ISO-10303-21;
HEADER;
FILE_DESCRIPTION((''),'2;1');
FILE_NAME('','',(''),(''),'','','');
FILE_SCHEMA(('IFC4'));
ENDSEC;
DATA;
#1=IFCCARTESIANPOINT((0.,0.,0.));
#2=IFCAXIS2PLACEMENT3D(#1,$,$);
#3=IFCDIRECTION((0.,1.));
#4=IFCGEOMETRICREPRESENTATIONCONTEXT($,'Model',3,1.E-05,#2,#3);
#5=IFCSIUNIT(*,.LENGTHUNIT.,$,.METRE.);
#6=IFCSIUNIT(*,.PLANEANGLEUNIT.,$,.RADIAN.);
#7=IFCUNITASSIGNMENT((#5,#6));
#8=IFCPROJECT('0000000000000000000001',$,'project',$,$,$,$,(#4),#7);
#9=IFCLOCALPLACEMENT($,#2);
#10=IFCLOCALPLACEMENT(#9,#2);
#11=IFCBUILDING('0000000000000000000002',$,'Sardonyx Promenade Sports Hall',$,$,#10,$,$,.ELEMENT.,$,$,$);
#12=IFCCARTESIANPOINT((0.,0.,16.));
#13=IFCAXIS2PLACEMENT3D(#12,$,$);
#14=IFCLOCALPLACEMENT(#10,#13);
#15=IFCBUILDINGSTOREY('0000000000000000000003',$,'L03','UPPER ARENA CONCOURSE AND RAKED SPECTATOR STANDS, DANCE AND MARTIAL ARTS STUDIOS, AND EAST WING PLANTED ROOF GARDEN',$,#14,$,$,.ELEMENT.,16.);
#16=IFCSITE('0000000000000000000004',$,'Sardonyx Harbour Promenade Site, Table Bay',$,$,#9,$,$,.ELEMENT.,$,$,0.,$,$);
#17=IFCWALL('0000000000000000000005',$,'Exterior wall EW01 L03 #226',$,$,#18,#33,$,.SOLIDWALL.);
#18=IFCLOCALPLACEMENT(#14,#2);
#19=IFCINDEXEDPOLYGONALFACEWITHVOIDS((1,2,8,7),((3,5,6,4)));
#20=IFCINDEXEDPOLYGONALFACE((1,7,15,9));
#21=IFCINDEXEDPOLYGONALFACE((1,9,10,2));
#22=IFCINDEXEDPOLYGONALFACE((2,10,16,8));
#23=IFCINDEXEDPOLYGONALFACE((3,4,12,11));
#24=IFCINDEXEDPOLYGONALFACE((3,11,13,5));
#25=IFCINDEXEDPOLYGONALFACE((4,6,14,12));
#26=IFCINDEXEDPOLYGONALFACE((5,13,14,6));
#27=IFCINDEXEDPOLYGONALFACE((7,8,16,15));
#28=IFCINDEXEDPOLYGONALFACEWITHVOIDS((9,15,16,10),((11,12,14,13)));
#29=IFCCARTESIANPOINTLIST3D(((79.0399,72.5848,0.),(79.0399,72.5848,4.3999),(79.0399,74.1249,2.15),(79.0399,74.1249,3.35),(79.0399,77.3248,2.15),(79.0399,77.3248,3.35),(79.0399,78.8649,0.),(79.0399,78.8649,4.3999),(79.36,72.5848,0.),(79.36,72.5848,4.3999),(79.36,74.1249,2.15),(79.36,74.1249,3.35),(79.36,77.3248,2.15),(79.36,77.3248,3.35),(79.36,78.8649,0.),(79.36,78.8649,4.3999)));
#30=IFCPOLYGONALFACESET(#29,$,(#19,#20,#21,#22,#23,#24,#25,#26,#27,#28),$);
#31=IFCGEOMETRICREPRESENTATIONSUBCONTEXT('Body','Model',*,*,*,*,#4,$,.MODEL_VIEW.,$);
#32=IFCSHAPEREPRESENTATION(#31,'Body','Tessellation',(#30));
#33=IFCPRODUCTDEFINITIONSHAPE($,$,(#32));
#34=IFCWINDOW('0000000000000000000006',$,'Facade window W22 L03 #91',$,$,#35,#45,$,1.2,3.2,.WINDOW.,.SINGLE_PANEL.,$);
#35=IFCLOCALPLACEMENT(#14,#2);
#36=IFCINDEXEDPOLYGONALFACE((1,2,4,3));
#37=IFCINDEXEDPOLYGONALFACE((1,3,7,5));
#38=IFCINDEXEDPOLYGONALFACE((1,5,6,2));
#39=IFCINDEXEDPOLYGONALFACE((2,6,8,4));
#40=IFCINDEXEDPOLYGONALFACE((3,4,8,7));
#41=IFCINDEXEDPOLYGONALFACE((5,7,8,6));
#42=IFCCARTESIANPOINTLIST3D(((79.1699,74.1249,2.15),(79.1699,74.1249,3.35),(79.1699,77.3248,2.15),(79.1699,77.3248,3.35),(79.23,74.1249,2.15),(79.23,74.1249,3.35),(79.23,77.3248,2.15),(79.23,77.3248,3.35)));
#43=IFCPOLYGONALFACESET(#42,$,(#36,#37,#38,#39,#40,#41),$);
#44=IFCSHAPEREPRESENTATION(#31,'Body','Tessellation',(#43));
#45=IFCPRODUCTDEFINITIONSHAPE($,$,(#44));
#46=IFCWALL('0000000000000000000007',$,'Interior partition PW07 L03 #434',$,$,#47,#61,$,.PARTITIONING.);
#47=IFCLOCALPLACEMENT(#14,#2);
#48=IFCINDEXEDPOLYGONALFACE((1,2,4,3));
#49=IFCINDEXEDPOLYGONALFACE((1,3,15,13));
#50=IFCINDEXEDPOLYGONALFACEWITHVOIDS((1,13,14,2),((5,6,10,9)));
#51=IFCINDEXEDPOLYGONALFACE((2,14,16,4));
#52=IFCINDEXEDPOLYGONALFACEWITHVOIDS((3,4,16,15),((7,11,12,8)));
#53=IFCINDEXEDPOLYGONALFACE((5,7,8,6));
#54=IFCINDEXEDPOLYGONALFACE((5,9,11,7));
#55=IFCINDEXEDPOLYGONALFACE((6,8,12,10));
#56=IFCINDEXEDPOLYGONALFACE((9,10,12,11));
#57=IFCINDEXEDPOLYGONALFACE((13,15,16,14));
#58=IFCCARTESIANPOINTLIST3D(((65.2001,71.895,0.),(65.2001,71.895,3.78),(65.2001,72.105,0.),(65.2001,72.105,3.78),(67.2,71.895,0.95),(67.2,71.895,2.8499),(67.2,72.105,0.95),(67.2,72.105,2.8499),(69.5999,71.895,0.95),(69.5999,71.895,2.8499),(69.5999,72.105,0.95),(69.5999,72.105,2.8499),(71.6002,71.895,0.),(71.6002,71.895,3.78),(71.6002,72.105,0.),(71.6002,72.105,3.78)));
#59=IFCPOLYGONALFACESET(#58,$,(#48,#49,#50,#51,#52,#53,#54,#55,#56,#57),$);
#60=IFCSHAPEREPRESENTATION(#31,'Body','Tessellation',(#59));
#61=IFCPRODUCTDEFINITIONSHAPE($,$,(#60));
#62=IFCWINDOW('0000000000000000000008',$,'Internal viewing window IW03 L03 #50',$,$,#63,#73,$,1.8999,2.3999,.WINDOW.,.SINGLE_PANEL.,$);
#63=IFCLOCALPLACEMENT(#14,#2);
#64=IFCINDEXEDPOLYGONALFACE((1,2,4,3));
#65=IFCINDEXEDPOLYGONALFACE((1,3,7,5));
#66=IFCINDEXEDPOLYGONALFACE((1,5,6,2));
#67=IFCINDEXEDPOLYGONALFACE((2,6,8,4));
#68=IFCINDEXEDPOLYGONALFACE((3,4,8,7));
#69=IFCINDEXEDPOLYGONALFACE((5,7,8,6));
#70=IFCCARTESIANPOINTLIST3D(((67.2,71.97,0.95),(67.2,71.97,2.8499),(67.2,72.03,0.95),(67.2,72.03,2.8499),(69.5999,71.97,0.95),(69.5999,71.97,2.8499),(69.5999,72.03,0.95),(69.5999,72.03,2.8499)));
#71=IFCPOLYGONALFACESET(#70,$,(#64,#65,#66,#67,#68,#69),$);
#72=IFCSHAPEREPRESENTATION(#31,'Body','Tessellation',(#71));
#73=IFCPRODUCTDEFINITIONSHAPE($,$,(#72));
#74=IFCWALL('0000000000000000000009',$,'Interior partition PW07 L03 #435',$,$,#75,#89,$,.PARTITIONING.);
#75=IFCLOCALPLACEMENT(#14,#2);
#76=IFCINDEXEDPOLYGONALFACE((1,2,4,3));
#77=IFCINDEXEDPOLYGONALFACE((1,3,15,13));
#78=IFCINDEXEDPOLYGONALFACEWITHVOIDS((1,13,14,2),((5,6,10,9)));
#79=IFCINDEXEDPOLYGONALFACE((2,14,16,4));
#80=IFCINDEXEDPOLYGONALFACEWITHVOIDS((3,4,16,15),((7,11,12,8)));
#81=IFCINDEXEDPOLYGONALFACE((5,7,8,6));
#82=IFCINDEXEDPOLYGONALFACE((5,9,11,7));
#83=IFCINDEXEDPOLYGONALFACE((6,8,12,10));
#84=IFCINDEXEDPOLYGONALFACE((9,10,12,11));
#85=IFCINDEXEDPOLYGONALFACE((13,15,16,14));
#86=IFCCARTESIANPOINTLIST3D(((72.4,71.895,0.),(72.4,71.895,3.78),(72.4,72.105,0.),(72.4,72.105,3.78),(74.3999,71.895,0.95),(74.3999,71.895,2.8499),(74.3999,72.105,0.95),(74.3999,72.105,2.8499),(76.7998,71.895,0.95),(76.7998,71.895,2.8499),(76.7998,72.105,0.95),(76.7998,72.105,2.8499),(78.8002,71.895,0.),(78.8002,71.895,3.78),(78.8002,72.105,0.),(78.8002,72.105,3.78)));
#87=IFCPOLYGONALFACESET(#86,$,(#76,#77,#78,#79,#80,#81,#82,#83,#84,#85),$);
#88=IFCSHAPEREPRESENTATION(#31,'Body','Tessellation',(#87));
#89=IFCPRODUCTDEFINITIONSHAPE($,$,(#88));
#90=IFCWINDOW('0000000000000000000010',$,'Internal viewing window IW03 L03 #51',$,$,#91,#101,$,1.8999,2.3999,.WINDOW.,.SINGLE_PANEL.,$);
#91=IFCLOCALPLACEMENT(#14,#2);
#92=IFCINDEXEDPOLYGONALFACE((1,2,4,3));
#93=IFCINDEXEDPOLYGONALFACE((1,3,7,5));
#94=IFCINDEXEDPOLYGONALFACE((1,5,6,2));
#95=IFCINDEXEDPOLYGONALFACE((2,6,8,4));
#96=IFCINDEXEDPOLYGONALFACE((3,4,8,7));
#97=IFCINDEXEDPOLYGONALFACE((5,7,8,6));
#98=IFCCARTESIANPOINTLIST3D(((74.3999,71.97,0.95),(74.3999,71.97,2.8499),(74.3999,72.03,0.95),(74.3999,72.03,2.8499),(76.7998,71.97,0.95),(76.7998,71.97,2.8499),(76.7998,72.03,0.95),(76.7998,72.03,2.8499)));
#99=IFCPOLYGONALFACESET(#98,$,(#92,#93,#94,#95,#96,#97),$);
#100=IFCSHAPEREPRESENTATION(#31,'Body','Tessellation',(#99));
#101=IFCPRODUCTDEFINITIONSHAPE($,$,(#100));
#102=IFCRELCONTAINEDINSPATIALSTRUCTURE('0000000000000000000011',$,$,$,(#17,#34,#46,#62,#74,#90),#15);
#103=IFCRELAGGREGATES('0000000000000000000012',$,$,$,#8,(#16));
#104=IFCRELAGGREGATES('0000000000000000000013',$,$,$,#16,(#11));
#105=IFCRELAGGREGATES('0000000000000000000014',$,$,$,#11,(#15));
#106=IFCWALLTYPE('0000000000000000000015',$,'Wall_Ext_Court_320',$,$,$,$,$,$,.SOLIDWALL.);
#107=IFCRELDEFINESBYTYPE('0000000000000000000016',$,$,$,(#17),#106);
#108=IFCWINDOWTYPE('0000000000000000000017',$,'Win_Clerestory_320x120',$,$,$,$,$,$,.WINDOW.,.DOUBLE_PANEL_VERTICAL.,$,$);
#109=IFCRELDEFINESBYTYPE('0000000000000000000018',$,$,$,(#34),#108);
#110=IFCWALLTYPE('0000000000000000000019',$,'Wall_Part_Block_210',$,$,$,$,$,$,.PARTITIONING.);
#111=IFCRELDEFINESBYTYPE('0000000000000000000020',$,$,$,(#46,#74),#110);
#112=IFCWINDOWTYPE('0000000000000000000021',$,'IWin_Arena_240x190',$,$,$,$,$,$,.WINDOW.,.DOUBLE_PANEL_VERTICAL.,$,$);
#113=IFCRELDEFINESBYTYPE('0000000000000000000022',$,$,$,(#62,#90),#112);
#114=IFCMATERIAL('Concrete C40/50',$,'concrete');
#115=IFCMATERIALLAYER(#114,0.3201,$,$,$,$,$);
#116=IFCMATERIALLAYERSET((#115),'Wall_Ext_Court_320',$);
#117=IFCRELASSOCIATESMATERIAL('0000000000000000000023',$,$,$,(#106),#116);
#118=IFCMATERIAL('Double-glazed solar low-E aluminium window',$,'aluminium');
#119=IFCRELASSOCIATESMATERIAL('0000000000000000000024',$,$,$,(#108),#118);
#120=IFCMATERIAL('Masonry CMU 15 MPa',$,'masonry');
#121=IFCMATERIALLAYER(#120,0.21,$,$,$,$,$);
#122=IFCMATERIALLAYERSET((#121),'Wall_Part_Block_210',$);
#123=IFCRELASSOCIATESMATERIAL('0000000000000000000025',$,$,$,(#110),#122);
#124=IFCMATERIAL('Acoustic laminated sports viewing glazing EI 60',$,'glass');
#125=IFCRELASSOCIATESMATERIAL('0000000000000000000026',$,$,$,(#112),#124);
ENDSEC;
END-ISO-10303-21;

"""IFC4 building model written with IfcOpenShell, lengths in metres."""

from ifc_helpers import new_model, si_unit, direction, frame, frame_2d, origin, place, context, subcontext, project, spatial, rectangle, extrude, material, layer, layer_set, type_object, element, fill, save


model = new_model("IFC4")

# Units and contexts
model_context = context("Model", 3, precision=1e-05, world=origin(), true_north=direction((0.0, 1.0)))
body_context = subcontext(model_context, "Body", "Model", "MODEL_VIEW")
ifc_project = project(units=[si_unit("LENGTHUNIT", "METRE"), si_unit("PLANEANGLEUNIT", "RADIAN")], contexts=[model_context])

# Site, building, storey
site_placement = place(None, origin())
site = spatial("IfcSite", under=ifc_project, at=site_placement, Name="Sardonyx Harbour Promenade Site, Table Bay", CompositionType="ELEMENT", RefElevation=0.0)
building_placement = place(site_placement, origin())
building = spatial("IfcBuilding", under=site, at=building_placement, Name="Sardonyx Promenade Sports Hall", CompositionType="ELEMENT")
storey_placement = place(building_placement, frame((0.0, 0.0, 16.0)))
storey = spatial("IfcBuildingStorey", under=building, at=storey_placement, Name="L03", Description="UPPER ARENA CONCOURSE AND RAKED SPECTATOR STANDS, DANCE AND MARTIAL ARTS STUDIOS, AND EAST WING PLANTED ROOF GARDEN", CompositionType="ELEMENT", Elevation=16.0)

# Walls, openings, windows
ifc_material_1 = material(Name="Concrete C40/50", Category="concrete")
ifc_layer_1 = layer(ifc_material_1, 0.3201)
ifc_layer_set_1 = layer_set([ifc_layer_1], Name="Wall_Ext_Court_320")
wall_type_1 = type_object("IfcWallType", Name="Wall_Ext_Court_320", PredefinedType="SOLIDWALL", material=ifc_layer_set_1)
wall_1_placement = place(storey_placement, frame((79.2, 78.865, 0.0), z_axis=(0.0, 0.0, 1.0), x_axis=(0.0, -1.0, 0.0)))
wall_1 = element("IfcWall", 1, at=wall_1_placement, inside=storey, type_object=wall_type_1, Name="Exterior wall EW01 L03 #226", PredefinedType="SOLIDWALL", context=body_context, shape_type="SweptSolid", body=[
    extrude(rectangle(XDim=6.28, YDim=0.3201, at=frame_2d((3.1401, 0.0))), origin(), (0.0, 0.0, 1.0), 4.3999),
])
opening_1_placement = place(wall_1_placement, frame((1.54, 0.0, 2.1499)))
opening_1 = element("IfcOpeningElement", 2, at=opening_1_placement, cuts=wall_1, PredefinedType="OPENING", context=body_context, shape_type="SweptSolid", body=[
    extrude(rectangle(XDim=3.2, YDim=1.2, at=frame_2d((1.6001, 0.6001))), frame((0.0, 0.17, 0.0), z_axis=(0.0, -1.0, 0.0), x_axis=(1.0, 0.0, 0.0)), (0.0, 0.0, 1.0), 0.34),
])
ifc_material_2 = material(Name="Double-glazed solar low-E aluminium window", Category="aluminium")
window_type_1 = type_object("IfcWindowType", Name="Win_Clerestory_320x120", PartitioningType="DOUBLE_PANEL_VERTICAL", PredefinedType="WINDOW", material=ifc_material_2)
window_1_placement = place(opening_1_placement, origin())
window_1 = element("IfcWindow", 3, at=window_1_placement, inside=storey, type_object=window_type_1, Name="Facade window W22 L03 #91", OverallHeight=1.2, OverallWidth=3.2, PartitioningType="SINGLE_PANEL", PredefinedType="WINDOW", context=body_context, shape_type="SweptSolid", body=[
    extrude(rectangle(XDim=3.2, YDim=1.2, at=frame_2d((1.6001, 0.6001))), frame((0.0, 0.03, 0.0), z_axis=(0.0, -1.0, 0.0), x_axis=(1.0, 0.0, 0.0)), (0.0, 0.0, 1.0), 0.0601),
])
fill(opening_1, window_1)
ifc_material_3 = material(Name="Masonry CMU 15 MPa", Category="masonry")
ifc_layer_2 = layer(ifc_material_3, 0.21)
ifc_layer_set_2 = layer_set([ifc_layer_2], Name="Wall_Part_Block_210")
wall_type_2 = type_object("IfcWallType", Name="Wall_Part_Block_210", PredefinedType="PARTITIONING", material=ifc_layer_set_2)
wall_2_placement = place(storey_placement, frame((65.2, 72.0, 0.0), z_axis=(0.0, 0.0, 1.0), x_axis=(1.0, 0.0, 0.0)))
wall_2 = element("IfcWall", 4, at=wall_2_placement, inside=storey, type_object=wall_type_2, Name="Interior partition PW07 L03 #434", PredefinedType="PARTITIONING", context=body_context, shape_type="SweptSolid", body=[
    extrude(rectangle(XDim=6.4001, YDim=0.21, at=frame_2d((3.2002, 0.0))), origin(), (0.0, 0.0, 1.0), 3.78),
])
opening_2_placement = place(wall_2_placement, frame((2.0, 0.0, 0.95)))
opening_2 = element("IfcOpeningElement", 5, at=opening_2_placement, cuts=wall_2, PredefinedType="OPENING", context=body_context, shape_type="SweptSolid", body=[
    extrude(rectangle(XDim=2.3999, YDim=1.8999, at=frame_2d((1.2, 0.95))), frame((0.0, 0.115, 0.0), z_axis=(0.0, -1.0, 0.0), x_axis=(1.0, 0.0, 0.0)), (0.0, 0.0, 1.0), 0.23),
])
ifc_material_4 = material(Name="Acoustic laminated sports viewing glazing EI 60", Category="glass")
window_type_2 = type_object("IfcWindowType", Name="IWin_Arena_240x190", PartitioningType="DOUBLE_PANEL_VERTICAL", PredefinedType="WINDOW", material=ifc_material_4)
window_2_placement = place(opening_2_placement, origin())
window_2 = element("IfcWindow", 6, at=window_2_placement, inside=storey, type_object=window_type_2, Name="Internal viewing window IW03 L03 #50", OverallHeight=1.8999, OverallWidth=2.3999, PartitioningType="SINGLE_PANEL", PredefinedType="WINDOW", context=body_context, shape_type="SweptSolid", body=[
    extrude(rectangle(XDim=2.3999, YDim=1.8999, at=frame_2d((1.2, 0.95))), frame((0.0, 0.03, 0.0), z_axis=(0.0, -1.0, 0.0), x_axis=(1.0, 0.0, 0.0)), (0.0, 0.0, 1.0), 0.0601),
])
fill(opening_2, window_2)
wall_3_placement = place(storey_placement, frame((72.3999, 72.0, 0.0), z_axis=(0.0, 0.0, 1.0), x_axis=(1.0, 0.0, 0.0)))
wall_3 = element("IfcWall", 7, at=wall_3_placement, inside=storey, type_object=wall_type_2, Name="Interior partition PW07 L03 #435", PredefinedType="PARTITIONING", context=body_context, shape_type="SweptSolid", body=[
    extrude(rectangle(XDim=6.4001, YDim=0.21, at=frame_2d((3.2002, 0.0))), origin(), (0.0, 0.0, 1.0), 3.78),
])
opening_3_placement = place(wall_3_placement, frame((2.0, 0.0, 0.95)))
opening_3 = element("IfcOpeningElement", 8, at=opening_3_placement, cuts=wall_3, PredefinedType="OPENING", context=body_context, shape_type="SweptSolid", body=[
    extrude(rectangle(XDim=2.3999, YDim=1.8999, at=frame_2d((1.2, 0.95))), frame((0.0, 0.115, 0.0), z_axis=(0.0, -1.0, 0.0), x_axis=(1.0, 0.0, 0.0)), (0.0, 0.0, 1.0), 0.23),
])
window_3_placement = place(opening_3_placement, origin())
window_3 = element("IfcWindow", 9, at=window_3_placement, inside=storey, type_object=window_type_2, Name="Internal viewing window IW03 L03 #51", OverallHeight=1.8999, OverallWidth=2.3999, PartitioningType="SINGLE_PANEL", PredefinedType="WINDOW", context=body_context, shape_type="SweptSolid", body=[
    extrude(rectangle(XDim=2.3999, YDim=1.8999, at=frame_2d((1.2, 0.95))), frame((0.0, 0.03, 0.0), z_axis=(0.0, -1.0, 0.0), x_axis=(1.0, 0.0, 0.0)), (0.0, 0.0, 1.0), 0.0601),
])
fill(opening_3, window_3)

save(model, "model.ifc")
